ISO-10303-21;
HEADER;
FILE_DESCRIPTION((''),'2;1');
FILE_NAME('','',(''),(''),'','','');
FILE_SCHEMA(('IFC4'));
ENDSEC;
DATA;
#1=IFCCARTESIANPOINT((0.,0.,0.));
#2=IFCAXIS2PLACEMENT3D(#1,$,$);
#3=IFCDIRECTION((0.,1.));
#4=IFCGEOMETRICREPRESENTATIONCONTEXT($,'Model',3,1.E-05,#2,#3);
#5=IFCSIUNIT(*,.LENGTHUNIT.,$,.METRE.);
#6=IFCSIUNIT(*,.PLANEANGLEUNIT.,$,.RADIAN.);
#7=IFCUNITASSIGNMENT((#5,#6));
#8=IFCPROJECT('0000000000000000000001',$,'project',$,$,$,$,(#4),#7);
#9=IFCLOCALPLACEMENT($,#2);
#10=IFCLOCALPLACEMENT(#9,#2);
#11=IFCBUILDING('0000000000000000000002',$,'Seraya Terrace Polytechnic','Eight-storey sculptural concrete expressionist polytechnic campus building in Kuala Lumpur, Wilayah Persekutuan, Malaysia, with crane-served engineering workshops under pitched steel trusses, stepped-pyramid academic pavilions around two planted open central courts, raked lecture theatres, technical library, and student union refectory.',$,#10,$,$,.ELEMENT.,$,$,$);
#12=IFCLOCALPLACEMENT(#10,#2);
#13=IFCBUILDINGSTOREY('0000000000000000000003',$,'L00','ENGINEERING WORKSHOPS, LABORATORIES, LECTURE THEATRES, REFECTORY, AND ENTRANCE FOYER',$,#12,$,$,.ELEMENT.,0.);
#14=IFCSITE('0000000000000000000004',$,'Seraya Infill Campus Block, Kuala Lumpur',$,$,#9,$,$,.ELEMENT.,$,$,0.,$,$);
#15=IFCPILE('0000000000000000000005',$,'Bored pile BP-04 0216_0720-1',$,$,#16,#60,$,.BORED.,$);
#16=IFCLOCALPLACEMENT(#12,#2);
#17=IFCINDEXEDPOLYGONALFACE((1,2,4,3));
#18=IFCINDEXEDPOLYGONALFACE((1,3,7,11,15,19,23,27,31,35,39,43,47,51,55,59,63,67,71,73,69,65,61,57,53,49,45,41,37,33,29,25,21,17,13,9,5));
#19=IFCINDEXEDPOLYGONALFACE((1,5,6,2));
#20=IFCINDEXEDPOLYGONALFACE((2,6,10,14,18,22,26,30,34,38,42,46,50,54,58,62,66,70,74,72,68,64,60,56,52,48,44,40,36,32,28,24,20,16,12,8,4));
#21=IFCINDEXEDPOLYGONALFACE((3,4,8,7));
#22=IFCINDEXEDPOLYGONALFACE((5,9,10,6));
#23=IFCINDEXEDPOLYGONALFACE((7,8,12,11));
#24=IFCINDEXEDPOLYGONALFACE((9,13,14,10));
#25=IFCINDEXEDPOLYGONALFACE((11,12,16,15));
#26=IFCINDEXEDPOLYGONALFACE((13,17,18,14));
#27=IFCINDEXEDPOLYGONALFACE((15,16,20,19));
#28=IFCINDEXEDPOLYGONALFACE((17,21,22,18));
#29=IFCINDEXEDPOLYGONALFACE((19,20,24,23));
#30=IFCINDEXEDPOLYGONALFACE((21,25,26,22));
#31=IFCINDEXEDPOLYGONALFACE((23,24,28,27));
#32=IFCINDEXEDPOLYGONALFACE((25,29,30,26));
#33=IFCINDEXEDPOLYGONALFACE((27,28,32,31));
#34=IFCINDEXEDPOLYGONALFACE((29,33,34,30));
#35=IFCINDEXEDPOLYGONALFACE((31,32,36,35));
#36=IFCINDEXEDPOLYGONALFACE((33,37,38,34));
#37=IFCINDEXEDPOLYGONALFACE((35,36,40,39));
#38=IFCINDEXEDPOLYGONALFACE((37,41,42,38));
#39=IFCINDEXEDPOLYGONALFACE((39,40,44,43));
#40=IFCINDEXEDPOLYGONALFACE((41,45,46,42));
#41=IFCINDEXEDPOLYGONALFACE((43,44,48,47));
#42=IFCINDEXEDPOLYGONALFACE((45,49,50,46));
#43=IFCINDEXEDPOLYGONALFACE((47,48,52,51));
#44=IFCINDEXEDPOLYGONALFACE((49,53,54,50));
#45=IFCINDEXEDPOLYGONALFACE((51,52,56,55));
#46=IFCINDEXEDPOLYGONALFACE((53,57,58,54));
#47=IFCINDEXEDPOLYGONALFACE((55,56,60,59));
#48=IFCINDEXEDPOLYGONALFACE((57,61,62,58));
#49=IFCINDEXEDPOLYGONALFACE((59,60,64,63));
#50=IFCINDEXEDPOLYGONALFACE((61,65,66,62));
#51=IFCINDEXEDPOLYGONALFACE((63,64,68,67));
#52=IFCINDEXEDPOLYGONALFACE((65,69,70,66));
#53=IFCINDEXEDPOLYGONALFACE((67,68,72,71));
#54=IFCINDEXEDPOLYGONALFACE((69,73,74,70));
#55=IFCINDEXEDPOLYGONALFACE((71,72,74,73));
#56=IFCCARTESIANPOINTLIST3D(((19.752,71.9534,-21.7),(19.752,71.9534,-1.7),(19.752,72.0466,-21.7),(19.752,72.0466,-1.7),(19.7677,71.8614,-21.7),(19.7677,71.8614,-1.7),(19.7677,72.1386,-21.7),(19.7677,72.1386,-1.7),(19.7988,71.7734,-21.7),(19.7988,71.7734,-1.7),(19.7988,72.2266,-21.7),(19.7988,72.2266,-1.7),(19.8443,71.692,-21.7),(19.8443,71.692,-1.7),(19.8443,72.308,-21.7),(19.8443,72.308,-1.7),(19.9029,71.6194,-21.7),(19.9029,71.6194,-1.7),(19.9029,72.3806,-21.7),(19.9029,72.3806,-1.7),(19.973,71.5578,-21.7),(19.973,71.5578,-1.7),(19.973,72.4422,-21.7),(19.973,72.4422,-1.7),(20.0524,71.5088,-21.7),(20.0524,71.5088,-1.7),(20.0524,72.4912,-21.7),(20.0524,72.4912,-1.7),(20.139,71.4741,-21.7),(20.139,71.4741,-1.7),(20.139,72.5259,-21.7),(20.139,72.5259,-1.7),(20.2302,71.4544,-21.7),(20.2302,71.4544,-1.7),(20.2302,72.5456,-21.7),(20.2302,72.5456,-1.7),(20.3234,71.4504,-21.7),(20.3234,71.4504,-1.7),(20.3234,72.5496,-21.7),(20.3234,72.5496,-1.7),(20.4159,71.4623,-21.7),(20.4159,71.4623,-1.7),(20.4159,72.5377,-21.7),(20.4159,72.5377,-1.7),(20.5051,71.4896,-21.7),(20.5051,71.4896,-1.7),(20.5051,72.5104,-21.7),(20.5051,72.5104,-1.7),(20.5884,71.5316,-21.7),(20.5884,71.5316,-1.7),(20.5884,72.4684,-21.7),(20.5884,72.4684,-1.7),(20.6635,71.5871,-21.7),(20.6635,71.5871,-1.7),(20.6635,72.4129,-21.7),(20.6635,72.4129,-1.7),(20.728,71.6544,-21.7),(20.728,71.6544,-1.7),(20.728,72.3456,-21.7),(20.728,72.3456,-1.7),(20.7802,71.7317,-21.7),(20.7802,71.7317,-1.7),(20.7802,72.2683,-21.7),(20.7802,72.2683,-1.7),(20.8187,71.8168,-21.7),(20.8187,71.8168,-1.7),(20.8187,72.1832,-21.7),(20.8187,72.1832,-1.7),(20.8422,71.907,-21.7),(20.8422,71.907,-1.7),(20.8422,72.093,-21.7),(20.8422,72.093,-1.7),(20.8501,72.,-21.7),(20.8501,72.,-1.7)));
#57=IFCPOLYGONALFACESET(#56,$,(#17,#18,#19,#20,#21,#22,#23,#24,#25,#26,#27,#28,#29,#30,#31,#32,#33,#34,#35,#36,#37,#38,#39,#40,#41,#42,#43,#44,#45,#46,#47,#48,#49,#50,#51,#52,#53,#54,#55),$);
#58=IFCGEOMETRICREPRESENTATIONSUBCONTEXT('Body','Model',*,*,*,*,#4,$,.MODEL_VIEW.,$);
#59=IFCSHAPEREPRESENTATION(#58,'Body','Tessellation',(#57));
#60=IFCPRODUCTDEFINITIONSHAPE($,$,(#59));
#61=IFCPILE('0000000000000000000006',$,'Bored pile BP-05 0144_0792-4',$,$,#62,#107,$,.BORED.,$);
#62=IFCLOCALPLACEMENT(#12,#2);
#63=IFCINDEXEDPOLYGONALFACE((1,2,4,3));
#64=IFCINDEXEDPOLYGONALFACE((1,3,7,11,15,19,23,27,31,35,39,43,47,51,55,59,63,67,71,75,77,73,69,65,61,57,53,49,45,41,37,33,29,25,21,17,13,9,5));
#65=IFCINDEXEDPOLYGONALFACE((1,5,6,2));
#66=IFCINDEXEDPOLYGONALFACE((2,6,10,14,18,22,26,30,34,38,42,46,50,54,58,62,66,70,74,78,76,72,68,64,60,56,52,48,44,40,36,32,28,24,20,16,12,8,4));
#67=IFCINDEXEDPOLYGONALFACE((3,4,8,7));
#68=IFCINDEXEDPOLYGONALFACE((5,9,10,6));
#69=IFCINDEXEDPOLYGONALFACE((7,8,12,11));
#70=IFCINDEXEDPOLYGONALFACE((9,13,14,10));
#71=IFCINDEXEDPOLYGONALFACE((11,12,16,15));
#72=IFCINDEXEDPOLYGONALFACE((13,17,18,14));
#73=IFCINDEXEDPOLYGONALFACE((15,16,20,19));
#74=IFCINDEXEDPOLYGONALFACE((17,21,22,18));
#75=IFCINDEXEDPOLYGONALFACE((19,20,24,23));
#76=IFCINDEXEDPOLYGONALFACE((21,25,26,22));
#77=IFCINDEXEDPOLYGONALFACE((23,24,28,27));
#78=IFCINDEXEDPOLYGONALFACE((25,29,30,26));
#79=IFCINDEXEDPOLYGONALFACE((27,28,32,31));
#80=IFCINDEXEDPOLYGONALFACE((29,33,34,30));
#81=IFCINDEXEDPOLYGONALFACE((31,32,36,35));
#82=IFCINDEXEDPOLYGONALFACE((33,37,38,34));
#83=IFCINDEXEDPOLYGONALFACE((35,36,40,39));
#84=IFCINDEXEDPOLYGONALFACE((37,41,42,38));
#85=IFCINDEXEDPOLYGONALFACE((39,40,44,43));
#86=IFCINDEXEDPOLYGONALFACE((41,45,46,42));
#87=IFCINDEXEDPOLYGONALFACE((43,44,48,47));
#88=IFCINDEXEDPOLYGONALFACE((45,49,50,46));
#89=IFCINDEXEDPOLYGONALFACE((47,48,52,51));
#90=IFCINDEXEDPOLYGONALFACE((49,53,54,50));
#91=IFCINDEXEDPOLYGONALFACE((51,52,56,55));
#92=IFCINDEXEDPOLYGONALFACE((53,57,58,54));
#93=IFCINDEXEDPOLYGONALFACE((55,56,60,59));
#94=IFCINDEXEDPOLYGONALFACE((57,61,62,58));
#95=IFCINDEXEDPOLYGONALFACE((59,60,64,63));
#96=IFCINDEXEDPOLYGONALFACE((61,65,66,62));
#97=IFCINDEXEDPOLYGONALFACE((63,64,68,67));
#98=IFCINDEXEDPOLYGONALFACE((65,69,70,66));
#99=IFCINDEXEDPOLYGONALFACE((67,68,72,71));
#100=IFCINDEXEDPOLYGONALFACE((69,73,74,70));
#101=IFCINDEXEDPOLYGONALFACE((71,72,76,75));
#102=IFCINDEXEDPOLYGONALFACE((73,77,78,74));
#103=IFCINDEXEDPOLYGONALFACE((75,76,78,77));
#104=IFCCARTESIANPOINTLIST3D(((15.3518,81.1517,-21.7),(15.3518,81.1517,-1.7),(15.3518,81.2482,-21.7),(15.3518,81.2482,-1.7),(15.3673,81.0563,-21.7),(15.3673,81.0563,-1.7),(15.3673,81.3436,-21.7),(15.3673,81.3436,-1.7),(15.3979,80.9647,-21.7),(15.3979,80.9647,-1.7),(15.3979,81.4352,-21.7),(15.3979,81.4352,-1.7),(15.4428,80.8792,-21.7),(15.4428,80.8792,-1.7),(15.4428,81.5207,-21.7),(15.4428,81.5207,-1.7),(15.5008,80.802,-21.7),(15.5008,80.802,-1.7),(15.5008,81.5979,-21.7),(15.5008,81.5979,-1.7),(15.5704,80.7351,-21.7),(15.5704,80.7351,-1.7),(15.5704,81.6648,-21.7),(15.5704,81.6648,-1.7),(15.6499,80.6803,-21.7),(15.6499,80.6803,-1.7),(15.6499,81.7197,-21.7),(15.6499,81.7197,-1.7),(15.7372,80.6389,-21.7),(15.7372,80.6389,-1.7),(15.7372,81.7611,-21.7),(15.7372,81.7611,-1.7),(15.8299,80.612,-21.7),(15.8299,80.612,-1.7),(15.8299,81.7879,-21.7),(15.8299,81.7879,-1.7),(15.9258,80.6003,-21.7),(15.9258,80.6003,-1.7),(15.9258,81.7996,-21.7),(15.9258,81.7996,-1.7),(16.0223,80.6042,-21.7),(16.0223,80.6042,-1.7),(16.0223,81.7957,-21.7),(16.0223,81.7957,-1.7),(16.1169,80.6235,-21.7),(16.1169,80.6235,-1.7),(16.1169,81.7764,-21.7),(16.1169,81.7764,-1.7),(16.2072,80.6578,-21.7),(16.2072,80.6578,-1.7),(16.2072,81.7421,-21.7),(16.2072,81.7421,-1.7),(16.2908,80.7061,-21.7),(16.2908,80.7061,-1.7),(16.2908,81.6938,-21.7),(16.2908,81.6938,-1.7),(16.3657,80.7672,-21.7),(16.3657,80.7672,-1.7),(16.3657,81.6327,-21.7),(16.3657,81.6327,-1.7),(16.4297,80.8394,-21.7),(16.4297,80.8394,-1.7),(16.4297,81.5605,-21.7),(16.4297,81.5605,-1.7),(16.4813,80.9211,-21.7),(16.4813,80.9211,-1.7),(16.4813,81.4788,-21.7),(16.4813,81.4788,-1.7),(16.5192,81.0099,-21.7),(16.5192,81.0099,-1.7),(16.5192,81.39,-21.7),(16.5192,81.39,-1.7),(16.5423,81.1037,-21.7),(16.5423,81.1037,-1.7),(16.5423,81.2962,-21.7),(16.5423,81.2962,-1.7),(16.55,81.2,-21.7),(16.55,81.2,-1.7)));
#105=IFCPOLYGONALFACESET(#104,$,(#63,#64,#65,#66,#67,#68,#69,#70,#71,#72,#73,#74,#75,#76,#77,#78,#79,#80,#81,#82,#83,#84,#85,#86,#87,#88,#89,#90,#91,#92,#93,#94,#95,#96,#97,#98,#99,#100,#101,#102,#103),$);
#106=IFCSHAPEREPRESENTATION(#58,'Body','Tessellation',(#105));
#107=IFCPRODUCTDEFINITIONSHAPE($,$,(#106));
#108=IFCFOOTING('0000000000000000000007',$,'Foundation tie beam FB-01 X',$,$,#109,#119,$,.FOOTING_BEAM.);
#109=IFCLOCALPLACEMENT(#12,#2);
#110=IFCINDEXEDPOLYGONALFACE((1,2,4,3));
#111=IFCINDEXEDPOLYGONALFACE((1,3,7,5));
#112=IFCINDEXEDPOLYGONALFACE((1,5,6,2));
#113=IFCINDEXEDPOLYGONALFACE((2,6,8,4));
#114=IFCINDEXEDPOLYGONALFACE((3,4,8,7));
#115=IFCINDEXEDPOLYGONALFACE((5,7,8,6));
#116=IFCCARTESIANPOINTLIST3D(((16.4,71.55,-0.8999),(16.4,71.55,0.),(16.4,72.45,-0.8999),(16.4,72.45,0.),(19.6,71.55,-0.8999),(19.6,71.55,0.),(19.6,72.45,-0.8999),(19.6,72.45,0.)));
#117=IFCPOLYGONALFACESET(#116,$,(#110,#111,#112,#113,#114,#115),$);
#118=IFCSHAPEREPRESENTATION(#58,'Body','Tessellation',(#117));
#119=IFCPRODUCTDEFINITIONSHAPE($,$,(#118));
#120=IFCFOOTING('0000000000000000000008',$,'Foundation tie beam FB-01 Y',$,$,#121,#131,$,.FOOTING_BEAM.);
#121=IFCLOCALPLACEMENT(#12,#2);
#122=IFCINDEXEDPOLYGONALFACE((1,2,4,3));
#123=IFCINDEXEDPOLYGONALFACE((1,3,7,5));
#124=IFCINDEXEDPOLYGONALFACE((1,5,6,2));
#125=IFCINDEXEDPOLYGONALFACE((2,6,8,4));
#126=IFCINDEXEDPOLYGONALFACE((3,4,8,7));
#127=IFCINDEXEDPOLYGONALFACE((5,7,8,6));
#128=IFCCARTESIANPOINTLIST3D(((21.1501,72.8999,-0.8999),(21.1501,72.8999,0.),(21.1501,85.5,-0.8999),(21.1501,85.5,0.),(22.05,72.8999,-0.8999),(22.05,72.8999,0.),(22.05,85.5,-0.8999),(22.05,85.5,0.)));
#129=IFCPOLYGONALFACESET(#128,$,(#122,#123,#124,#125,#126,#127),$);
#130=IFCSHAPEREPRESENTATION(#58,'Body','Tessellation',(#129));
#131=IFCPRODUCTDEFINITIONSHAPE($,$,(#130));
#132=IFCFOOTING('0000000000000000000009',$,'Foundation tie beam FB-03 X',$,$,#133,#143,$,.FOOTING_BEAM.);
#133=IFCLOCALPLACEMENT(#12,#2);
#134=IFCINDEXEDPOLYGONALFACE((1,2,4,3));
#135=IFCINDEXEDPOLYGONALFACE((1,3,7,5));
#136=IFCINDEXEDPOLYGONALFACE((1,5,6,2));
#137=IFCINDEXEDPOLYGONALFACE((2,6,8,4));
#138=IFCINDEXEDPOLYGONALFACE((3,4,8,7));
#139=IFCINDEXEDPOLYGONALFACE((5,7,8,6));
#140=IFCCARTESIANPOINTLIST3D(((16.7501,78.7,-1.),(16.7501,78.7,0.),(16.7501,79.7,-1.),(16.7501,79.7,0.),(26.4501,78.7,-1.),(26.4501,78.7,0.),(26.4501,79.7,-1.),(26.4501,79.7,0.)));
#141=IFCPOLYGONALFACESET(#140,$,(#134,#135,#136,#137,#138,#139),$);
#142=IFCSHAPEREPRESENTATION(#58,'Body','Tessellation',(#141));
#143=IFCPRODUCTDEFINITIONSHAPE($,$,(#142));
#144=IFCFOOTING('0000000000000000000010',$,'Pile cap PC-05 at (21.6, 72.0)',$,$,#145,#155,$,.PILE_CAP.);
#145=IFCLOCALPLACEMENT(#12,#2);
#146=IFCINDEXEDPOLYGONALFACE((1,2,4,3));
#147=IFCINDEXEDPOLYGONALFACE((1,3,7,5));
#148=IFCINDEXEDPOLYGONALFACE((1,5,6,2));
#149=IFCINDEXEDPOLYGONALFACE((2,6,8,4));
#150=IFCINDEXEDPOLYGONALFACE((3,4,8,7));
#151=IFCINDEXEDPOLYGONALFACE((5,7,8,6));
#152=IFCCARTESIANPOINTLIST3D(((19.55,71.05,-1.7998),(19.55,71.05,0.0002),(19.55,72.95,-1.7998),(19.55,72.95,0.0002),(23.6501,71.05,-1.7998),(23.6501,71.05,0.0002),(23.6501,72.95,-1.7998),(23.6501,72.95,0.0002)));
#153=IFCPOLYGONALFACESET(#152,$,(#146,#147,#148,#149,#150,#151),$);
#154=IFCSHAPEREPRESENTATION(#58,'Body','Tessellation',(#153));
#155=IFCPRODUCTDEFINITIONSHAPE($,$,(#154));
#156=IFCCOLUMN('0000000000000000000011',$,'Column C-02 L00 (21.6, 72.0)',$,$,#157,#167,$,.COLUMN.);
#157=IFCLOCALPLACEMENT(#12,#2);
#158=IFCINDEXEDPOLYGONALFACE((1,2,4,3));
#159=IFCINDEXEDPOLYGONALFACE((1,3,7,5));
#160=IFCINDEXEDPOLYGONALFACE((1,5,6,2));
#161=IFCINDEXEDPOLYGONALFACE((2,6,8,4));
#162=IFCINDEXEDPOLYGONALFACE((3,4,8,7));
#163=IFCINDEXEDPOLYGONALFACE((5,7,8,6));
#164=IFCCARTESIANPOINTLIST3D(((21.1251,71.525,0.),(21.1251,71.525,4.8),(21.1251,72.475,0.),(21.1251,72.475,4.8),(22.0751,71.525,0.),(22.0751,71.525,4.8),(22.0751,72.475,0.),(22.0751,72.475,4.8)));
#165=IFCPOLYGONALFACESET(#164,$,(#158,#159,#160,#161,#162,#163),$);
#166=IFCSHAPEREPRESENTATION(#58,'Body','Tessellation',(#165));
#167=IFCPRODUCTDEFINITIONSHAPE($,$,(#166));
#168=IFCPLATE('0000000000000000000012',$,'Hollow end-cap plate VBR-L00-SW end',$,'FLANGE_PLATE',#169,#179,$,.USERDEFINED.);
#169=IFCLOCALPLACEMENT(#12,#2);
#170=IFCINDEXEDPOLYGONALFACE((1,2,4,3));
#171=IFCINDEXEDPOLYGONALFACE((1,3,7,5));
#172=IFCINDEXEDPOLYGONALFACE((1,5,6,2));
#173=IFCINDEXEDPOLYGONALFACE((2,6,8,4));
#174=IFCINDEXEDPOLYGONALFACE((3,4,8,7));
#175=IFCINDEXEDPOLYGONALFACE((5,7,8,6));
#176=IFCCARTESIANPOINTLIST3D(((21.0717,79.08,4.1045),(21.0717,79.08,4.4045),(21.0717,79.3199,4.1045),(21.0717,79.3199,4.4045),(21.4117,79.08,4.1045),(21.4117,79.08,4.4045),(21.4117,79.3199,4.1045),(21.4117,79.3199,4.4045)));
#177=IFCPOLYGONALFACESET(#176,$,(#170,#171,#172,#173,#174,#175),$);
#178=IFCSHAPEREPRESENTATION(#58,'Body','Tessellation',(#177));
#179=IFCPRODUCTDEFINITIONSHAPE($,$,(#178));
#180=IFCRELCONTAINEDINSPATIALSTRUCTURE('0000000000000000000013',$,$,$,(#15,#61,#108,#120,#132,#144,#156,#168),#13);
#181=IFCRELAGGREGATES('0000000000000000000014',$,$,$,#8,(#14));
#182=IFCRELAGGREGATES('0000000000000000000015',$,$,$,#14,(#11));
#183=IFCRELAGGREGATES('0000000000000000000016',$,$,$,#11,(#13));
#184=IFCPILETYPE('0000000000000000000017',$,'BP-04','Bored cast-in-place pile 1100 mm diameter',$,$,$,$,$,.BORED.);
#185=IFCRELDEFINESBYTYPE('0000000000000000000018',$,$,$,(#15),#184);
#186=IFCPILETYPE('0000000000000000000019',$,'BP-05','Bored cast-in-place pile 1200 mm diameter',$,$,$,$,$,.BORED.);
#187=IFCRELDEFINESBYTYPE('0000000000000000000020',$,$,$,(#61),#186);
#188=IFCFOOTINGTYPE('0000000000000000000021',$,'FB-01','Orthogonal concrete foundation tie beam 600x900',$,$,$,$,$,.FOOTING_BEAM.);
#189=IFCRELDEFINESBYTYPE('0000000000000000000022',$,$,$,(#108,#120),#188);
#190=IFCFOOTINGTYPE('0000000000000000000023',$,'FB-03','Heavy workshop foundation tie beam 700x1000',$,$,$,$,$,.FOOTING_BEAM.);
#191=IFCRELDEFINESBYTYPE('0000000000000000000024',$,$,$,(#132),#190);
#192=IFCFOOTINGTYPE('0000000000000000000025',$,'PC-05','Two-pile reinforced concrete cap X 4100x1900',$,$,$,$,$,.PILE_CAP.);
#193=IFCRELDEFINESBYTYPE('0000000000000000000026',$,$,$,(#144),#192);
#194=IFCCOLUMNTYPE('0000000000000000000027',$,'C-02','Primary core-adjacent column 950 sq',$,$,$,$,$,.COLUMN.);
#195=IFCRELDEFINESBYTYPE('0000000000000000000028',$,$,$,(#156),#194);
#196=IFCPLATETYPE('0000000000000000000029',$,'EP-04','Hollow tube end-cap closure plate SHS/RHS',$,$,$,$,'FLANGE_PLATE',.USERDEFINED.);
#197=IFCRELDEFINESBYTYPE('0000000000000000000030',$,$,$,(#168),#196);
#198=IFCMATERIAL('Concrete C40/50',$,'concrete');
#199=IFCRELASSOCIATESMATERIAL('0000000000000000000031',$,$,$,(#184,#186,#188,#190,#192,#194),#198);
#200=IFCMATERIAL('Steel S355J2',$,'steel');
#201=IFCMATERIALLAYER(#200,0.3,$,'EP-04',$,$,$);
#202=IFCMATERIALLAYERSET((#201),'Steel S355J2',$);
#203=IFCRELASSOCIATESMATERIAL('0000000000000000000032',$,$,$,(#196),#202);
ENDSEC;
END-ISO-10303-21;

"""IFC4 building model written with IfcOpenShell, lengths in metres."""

from ifc_helpers import new_model, si_unit, direction, frame, origin, origin_2d, place, context, subcontext, project, spatial, rectangle, circle, extrude, material, layer, layer_set, material_profile, profile_set, type_object, element, save


model = new_model("IFC4")

# Units and contexts
model_context = context("Model", 3, precision=1e-05, world=origin(), true_north=direction((0.0, 1.0)))
body_context = subcontext(model_context, "Body", "Model", "MODEL_VIEW")
ifc_project = project(units=[si_unit("LENGTHUNIT", "METRE"), si_unit("PLANEANGLEUNIT", "RADIAN")], contexts=[model_context])

# Site, building, storey
site_placement = place(None, origin())
site = spatial("IfcSite", under=ifc_project, at=site_placement, Name="Seraya Infill Campus Block, Kuala Lumpur", CompositionType="ELEMENT", RefElevation=0.0)
building_placement = place(site_placement, origin())
building = spatial("IfcBuilding", under=site, at=building_placement, Name="Seraya Terrace Polytechnic", Description="Eight-storey sculptural concrete expressionist polytechnic campus building in Kuala Lumpur, Wilayah Persekutuan, Malaysia, with crane-served engineering workshops under pitched steel trusses, stepped-pyramid academic pavilions around two planted open central courts, raked lecture theatres, technical library, and student union refectory.", CompositionType="ELEMENT")
storey_placement = place(building_placement, origin())
storey = spatial("IfcBuildingStorey", under=building, at=storey_placement, Name="L00", Description="ENGINEERING WORKSHOPS, LABORATORIES, LECTURE THEATRES, REFECTORY, AND ENTRANCE FOYER", CompositionType="ELEMENT", Elevation=0.0)

# Piles
ifc_material_1 = material(Name="Concrete C40/50", Category="concrete")
ifc_material_profile_1 = material_profile(ifc_material_1, circle(Radius=0.55, at=origin_2d()), Name="DIA 1100")
ifc_profile_set_1 = profile_set([ifc_material_profile_1], Name="Concrete C40/50")
pile_type_1 = type_object("IfcPileType", Name="BP-04", Description="Bored cast-in-place pile 1100 mm diameter", PredefinedType="BORED", material=ifc_profile_set_1)
pile_1_placement = place(storey_placement, frame((20.3, 72.0, -1.7), z_axis=(0.0, 0.0, -1.0), x_axis=(1.0, 0.0, 0.0)))
element("IfcPile", 1, at=pile_1_placement, inside=storey, type_object=pile_type_1, Name="Bored pile BP-04 0216_0720-1", PredefinedType="BORED", context=body_context, shape_type="SweptSolid", body=[
    extrude(circle(Radius=0.55, at=origin_2d()), origin(), (0.0, 0.0, 1.0), 20.0),
])
ifc_material_profile_2 = material_profile(ifc_material_1, circle(Radius=0.6001, at=origin_2d()), Name="DIA 1200")
ifc_profile_set_2 = profile_set([ifc_material_profile_2], Name="Concrete C40/50")
pile_type_2 = type_object("IfcPileType", Name="BP-05", Description="Bored cast-in-place pile 1200 mm diameter", PredefinedType="BORED", material=ifc_profile_set_2)
pile_2_placement = place(storey_placement, frame((15.95, 81.2, -1.7), z_axis=(0.0, 0.0, -1.0), x_axis=(1.0, 0.0, 0.0)))
element("IfcPile", 2, at=pile_2_placement, inside=storey, type_object=pile_type_2, Name="Bored pile BP-05 0144_0792-4", PredefinedType="BORED", context=body_context, shape_type="SweptSolid", body=[
    extrude(circle(Radius=0.6001, at=origin_2d()), origin(), (0.0, 0.0, 1.0), 20.0),
])

# Footings
footing_type_1 = type_object("IfcFootingType", Name="FB-01", Description="Orthogonal concrete foundation tie beam 600x900", PredefinedType="FOOTING_BEAM", material=ifc_material_1)
footing_1_placement = place(storey_placement, frame((18.0, 72.0, -0.8999), z_axis=(0.0, 0.0, 1.0), x_axis=(1.0, 0.0, 0.0)))
element("IfcFooting", 3, at=footing_1_placement, inside=storey, type_object=footing_type_1, Name="Foundation tie beam FB-01 X", PredefinedType="FOOTING_BEAM", context=body_context, shape_type="SweptSolid", body=[
    extrude(rectangle(XDim=3.2, YDim=0.8999, at=origin_2d()), origin(), (0.0, 0.0, 1.0), 0.8999),
])
footing_2_placement = place(storey_placement, frame((21.6001, 79.2, -0.8999), z_axis=(0.0, 0.0, 1.0), x_axis=(0.0, 1.0, 0.0)))
element("IfcFooting", 4, at=footing_2_placement, inside=storey, type_object=footing_type_1, Name="Foundation tie beam FB-01 Y", PredefinedType="FOOTING_BEAM", context=body_context, shape_type="SweptSolid", body=[
    extrude(rectangle(XDim=12.6001, YDim=0.8999, at=origin_2d()), origin(), (0.0, 0.0, 1.0), 0.8999),
])
footing_type_2 = type_object("IfcFootingType", Name="FB-03", Description="Heavy workshop foundation tie beam 700x1000", PredefinedType="FOOTING_BEAM", material=ifc_material_1)
footing_3_placement = place(storey_placement, frame((21.6001, 79.2, -1.0), z_axis=(0.0, 0.0, 1.0), x_axis=(1.0, 0.0, 0.0)))
element("IfcFooting", 5, at=footing_3_placement, inside=storey, type_object=footing_type_2, Name="Foundation tie beam FB-03 X", PredefinedType="FOOTING_BEAM", context=body_context, shape_type="SweptSolid", body=[
    extrude(rectangle(XDim=9.7, YDim=1.0, at=origin_2d()), origin(), (0.0, 0.0, 1.0), 1.0),
])
footing_type_3 = type_object("IfcFootingType", Name="PC-05", Description="Two-pile reinforced concrete cap X 4100x1900", PredefinedType="PILE_CAP", material=ifc_material_1)
footing_4_placement = place(storey_placement, frame((21.6001, 72.0, -1.7998), z_axis=(0.0, 0.0, 1.0), x_axis=(1.0, 0.0, 0.0)))
element("IfcFooting", 6, at=footing_4_placement, inside=storey, type_object=footing_type_3, Name="Pile cap PC-05 at (21.6, 72.0)", PredefinedType="PILE_CAP", context=body_context, shape_type="SweptSolid", body=[
    extrude(rectangle(XDim=4.1001, YDim=1.8999, at=origin_2d()), origin(), (0.0, 0.0, 1.0), 1.8),
])

# Column
ifc_material_profile_3 = material_profile(ifc_material_1, rectangle(XDim=0.95, YDim=0.95, at=origin_2d()), Name="RC 950x950")
ifc_profile_set_3 = profile_set([ifc_material_profile_3], Name="Concrete C40/50")
column_type = type_object("IfcColumnType", Name="C-02", Description="Primary core-adjacent column 950 sq", PredefinedType="COLUMN", material=ifc_profile_set_3)
column_placement = place(storey_placement, frame((21.6001, 72.0, 0.0), z_axis=(0.0, 0.0, 1.0), x_axis=(1.0, 0.0, 0.0)))
element("IfcColumn", 7, at=column_placement, inside=storey, type_object=column_type, Name="Column C-02 L00 (21.6, 72.0)", PredefinedType="COLUMN", context=body_context, shape_type="SweptSolid", body=[
    extrude(rectangle(XDim=0.95, YDim=0.95, at=origin_2d()), origin(), (0.0, 0.0, 1.0), 4.8),
])

# Plate
ifc_material_2 = material(Name="Steel S355J2", Category="steel")
ifc_layer_1 = layer(ifc_material_2, 0.3, Name="EP-04")
ifc_layer_set_1 = layer_set([ifc_layer_1], Name="Steel S355J2")
plate_type = type_object("IfcPlateType", Name="EP-04", Description="Hollow tube end-cap closure plate SHS/RHS", ElementType="FLANGE_PLATE", PredefinedType="USERDEFINED", material=ifc_layer_set_1)
plate_placement = place(storey_placement, frame((21.2417, 79.2, 4.1045), z_axis=(0.0, 0.0, 1.0), x_axis=(1.0, 0.0, 0.0)))
element("IfcPlate", 8, at=plate_placement, inside=storey, type_object=plate_type, Name="Hollow end-cap plate VBR-L00-SW end", ObjectType="FLANGE_PLATE", PredefinedType="USERDEFINED", context=body_context, shape_type="SweptSolid", body=[
    extrude(rectangle(XDim=0.3401, YDim=0.24, at=origin_2d()), origin(), (0.0, 0.0, 1.0), 0.3),
])

save(model, "model.ifc")
